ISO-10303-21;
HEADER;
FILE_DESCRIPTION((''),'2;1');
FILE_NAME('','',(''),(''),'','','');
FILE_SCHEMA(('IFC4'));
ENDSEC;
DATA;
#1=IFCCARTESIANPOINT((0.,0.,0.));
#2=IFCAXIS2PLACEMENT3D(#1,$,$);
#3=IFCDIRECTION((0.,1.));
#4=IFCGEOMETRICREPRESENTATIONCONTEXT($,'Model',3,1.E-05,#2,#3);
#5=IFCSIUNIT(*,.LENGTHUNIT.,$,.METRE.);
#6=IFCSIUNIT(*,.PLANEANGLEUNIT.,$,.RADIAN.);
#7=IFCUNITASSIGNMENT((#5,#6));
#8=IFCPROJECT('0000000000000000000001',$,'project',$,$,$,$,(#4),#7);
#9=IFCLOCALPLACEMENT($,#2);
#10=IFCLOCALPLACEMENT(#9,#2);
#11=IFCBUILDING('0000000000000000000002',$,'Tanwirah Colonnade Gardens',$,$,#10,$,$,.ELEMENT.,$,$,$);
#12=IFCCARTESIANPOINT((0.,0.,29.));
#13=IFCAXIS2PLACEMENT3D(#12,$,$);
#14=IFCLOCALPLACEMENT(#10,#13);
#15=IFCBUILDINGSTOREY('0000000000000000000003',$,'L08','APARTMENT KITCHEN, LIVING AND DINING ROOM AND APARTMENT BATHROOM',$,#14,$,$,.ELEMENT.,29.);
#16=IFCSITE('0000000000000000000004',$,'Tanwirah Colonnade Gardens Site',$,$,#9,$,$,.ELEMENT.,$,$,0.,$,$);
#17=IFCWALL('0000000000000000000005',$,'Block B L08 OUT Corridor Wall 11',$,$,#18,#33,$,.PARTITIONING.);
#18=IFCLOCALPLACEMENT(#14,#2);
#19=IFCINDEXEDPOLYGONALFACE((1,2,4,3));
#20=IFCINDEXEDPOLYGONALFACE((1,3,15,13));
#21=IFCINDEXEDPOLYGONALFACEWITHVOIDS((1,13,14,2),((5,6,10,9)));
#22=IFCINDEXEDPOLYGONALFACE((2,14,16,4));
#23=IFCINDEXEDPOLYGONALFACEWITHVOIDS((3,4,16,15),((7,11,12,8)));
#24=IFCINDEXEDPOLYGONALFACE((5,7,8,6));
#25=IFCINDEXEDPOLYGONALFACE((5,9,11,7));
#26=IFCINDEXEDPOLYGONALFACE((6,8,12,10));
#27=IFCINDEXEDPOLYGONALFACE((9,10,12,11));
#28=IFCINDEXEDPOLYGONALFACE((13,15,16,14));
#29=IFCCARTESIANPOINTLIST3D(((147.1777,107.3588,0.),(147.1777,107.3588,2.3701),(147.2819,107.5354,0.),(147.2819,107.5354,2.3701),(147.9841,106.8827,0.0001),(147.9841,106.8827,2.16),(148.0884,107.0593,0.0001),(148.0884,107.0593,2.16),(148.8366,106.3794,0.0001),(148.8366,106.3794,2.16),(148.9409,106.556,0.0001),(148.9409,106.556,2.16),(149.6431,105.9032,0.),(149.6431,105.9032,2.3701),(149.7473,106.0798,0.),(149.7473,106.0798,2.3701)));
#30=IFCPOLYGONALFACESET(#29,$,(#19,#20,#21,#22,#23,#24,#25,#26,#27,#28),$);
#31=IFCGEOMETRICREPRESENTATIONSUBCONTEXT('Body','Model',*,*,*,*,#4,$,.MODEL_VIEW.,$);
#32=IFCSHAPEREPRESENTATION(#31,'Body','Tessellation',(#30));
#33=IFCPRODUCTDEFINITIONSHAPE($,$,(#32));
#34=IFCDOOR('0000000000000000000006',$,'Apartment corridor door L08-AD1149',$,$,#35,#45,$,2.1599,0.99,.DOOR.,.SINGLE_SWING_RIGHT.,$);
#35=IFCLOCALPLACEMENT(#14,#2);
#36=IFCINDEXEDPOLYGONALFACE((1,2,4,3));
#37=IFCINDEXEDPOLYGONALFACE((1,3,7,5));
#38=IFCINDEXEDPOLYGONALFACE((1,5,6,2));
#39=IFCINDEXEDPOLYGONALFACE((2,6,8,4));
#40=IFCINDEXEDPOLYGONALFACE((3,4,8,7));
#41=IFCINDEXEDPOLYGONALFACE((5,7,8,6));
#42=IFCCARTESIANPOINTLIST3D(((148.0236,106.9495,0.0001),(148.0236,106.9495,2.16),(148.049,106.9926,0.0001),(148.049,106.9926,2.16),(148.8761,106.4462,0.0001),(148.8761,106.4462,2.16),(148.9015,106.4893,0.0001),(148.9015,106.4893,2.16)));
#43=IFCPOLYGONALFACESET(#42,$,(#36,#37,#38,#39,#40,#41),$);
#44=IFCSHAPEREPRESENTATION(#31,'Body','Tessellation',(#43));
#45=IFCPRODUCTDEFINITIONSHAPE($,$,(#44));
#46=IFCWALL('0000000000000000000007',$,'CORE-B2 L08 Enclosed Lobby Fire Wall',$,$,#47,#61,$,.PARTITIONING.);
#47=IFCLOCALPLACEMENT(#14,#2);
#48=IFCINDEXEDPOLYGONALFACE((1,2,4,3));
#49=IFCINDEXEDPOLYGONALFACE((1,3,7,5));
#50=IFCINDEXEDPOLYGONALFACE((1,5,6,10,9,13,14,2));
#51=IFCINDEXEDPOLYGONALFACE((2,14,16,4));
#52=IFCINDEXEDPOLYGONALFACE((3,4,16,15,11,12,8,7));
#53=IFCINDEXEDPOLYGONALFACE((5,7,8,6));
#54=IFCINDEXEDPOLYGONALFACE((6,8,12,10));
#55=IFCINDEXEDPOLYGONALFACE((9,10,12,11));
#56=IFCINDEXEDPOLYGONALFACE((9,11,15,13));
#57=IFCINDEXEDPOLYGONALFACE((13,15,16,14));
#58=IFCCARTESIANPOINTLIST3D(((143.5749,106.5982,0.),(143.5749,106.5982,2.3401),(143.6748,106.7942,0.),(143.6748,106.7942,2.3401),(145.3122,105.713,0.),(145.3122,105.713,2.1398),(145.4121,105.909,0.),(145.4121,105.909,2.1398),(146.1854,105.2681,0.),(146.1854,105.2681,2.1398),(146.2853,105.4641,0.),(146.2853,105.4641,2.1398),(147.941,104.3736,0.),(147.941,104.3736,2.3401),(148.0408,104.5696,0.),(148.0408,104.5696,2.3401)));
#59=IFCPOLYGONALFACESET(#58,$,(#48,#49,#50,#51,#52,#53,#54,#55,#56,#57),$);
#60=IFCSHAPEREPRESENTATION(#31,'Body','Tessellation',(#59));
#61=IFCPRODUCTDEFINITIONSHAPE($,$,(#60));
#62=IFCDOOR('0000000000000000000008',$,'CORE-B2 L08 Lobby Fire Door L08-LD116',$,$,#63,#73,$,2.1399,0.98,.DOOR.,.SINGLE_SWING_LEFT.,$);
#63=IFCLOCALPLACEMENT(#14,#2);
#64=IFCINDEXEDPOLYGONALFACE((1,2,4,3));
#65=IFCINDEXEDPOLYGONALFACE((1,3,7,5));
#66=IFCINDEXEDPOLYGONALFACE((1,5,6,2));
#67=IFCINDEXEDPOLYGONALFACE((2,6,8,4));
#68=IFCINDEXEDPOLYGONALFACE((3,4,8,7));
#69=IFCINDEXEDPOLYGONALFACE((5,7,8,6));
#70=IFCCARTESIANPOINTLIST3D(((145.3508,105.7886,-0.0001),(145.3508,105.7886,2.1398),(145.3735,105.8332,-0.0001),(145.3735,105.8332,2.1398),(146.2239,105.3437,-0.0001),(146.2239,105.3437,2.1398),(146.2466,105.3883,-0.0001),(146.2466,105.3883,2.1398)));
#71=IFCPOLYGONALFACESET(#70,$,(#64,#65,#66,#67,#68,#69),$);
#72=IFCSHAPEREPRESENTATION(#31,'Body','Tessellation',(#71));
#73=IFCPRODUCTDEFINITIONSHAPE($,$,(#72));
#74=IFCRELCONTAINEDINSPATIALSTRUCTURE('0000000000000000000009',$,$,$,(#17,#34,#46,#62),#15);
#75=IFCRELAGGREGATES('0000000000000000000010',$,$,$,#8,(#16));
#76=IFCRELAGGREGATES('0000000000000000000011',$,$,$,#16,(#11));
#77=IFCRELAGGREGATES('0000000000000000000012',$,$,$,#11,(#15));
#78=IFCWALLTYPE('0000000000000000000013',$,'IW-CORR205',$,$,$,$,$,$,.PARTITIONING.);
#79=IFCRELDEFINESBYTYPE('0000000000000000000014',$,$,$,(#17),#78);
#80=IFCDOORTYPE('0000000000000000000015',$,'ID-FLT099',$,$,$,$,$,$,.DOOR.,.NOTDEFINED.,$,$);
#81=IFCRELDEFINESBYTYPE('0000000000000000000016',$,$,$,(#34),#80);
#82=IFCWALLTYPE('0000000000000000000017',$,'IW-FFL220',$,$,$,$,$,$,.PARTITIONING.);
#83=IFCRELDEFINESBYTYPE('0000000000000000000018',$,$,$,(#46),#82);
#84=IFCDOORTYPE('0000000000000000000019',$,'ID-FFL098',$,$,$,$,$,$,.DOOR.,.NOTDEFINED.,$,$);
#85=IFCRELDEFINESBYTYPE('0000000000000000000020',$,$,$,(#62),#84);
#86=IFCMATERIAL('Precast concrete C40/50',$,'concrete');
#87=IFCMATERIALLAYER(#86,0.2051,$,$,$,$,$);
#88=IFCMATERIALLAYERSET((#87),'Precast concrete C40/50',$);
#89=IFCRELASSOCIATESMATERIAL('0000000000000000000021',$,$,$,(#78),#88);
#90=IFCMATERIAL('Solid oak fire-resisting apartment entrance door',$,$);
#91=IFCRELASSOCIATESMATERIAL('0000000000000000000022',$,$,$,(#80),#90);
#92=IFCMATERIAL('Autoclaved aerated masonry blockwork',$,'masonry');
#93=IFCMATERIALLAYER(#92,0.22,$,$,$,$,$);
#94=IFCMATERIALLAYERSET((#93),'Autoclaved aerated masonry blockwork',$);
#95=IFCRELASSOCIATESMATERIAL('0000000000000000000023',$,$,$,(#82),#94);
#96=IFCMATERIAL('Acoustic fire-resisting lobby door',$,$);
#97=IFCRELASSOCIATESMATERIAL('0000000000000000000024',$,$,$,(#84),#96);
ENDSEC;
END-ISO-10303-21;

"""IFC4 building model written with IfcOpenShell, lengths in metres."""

from ifc_helpers import new_model, si_unit, direction, frame, frame_2d, origin, place, context, subcontext, project, spatial, rectangle, extrude, material, layer, layer_set, type_object, element, fill, save


model = new_model("IFC4")

# Units and contexts
model_context = context("Model", 3, precision=1e-05, world=origin(), true_north=direction((0.0, 1.0)))
body_context = subcontext(model_context, "Body", "Model", "MODEL_VIEW")
ifc_project = project(units=[si_unit("LENGTHUNIT", "METRE"), si_unit("PLANEANGLEUNIT", "RADIAN")], contexts=[model_context])

# Site, building, storey
site_placement = place(None, origin())
site = spatial("IfcSite", under=ifc_project, at=site_placement, Name="Tanwirah Colonnade Gardens Site", CompositionType="ELEMENT", RefElevation=0.0)
building_placement = place(site_placement, origin())
building = spatial("IfcBuilding", under=site, at=building_placement, Name="Tanwirah Colonnade Gardens", CompositionType="ELEMENT")
storey_placement = place(building_placement, frame((0.0, 0.0, 29.0)))
storey = spatial("IfcBuildingStorey", under=building, at=storey_placement, Name="L08", Description="APARTMENT KITCHEN, LIVING AND DINING ROOM AND APARTMENT BATHROOM", CompositionType="ELEMENT", Elevation=29.0)

# Shared definitions
ifc_material_1 = material(Name="Precast concrete C40/50", Category="concrete")

# Walls, openings, doors
ifc_layer_1 = layer(ifc_material_1, 0.2051)
ifc_layer_set_1 = layer_set([ifc_layer_1], Name="Precast concrete C40/50")
wall_type_1 = type_object("IfcWallType", Name="IW-CORR205", PredefinedType="PARTITIONING", material=ifc_layer_set_1)
ifc_material_2 = material(Name="Solid oak fire-resisting apartment entrance door")
wall_1_placement = place(storey_placement, frame((149.6953, 105.9915, 0.0), z_axis=(0.0, 0.0, 1.0), x_axis=(-0.861113, 0.508413, 0.0)))
wall_1 = element("IfcWall", 1, at=wall_1_placement, inside=storey, type_object=wall_type_1, Name="Block B L08 OUT Corridor Wall 11", PredefinedType="PARTITIONING", context=body_context, shape_type="SweptSolid", body=[
    extrude(rectangle(XDim=2.863, YDim=0.2051, at=frame_2d((1.4316, 0.0))), origin(), (0.0, 0.0, 1.0), 2.3701),
])
opening_1_placement = place(wall_1_placement, frame((0.9365, 0.0, 0.0)))
opening_1 = element("IfcOpeningElement", 2, at=opening_1_placement, cuts=wall_1, PredefinedType="OPENING", context=body_context, shape_type="SweptSolid", body=[
    extrude(rectangle(XDim=0.99, YDim=2.1599, at=frame_2d((0.4951, 1.0801))), frame((0.0, 0.1125, 0.0), z_axis=(0.0, -1.0, 0.0), x_axis=(1.0, 0.0, 0.0)), (0.0, 0.0, 1.0), 0.2251),
])
door_type_1 = type_object("IfcDoorType", Name="ID-FLT099", OperationType="NOTDEFINED", PredefinedType="DOOR", material=ifc_material_2)
door_1_placement = place(opening_1_placement, origin())
door_1 = element("IfcDoor", 3, at=door_1_placement, inside=storey, type_object=door_type_1, Name="Apartment corridor door L08-AD1149", OperationType="SINGLE_SWING_RIGHT", OverallHeight=2.1599, OverallWidth=0.99, PredefinedType="DOOR", context=body_context, shape_type="SweptSolid", body=[
    extrude(rectangle(XDim=0.99, YDim=2.1599, at=frame_2d((0.4951, 1.0801))), frame((0.0, 0.0249, 0.0), z_axis=(0.0, -1.0, 0.0), x_axis=(1.0, 0.0, 0.0)), (0.0, 0.0, 1.0), 0.05),
])
fill(opening_1, door_1)
ifc_material_3 = material(Name="Autoclaved aerated masonry blockwork", Category="masonry")
ifc_layer_2 = layer(ifc_material_3, 0.22)
ifc_layer_set_2 = layer_set([ifc_layer_2], Name="Autoclaved aerated masonry blockwork")
wall_type_2 = type_object("IfcWallType", Name="IW-FFL220", PredefinedType="PARTITIONING", material=ifc_layer_set_2)
wall_2_placement = place(storey_placement, frame((143.6248, 106.6963, 0.0), z_axis=(0.0, 0.0, 1.0), x_axis=(0.891003, -0.453997, 0.0)))
wall_2 = element("IfcWall", 4, at=wall_2_placement, inside=storey, type_object=wall_type_2, Name="CORE-B2 L08 Enclosed Lobby Fire Wall", PredefinedType="PARTITIONING", context=body_context, shape_type="SweptSolid", body=[
    extrude(rectangle(XDim=4.9001, YDim=0.22, at=frame_2d((2.4502, 0.0))), origin(), (0.0, 0.0, 1.0), 2.3401),
])
opening_2_placement = place(wall_2_placement, frame((1.95, 0.0, 0.0)))
opening_2 = element("IfcOpeningElement", 5, at=opening_2_placement, cuts=wall_2, PredefinedType="OPENING", context=body_context, shape_type="SweptSolid", body=[
    extrude(rectangle(XDim=0.98, YDim=2.1399, at=frame_2d((0.49, 1.0698))), frame((0.0, 0.1199, 0.0), z_axis=(0.0, -1.0, 0.0), x_axis=(1.0, 0.0, 0.0)), (0.0, 0.0, 1.0), 0.24),
])
ifc_material_4 = material(Name="Acoustic fire-resisting lobby door")
door_type_2 = type_object("IfcDoorType", Name="ID-FFL098", OperationType="NOTDEFINED", PredefinedType="DOOR", material=ifc_material_4)
door_2_placement = place(opening_2_placement, origin())
door_2 = element("IfcDoor", 6, at=door_2_placement, inside=storey, type_object=door_type_2, Name="CORE-B2 L08 Lobby Fire Door L08-LD116", OperationType="SINGLE_SWING_LEFT", OverallHeight=2.1399, OverallWidth=0.98, PredefinedType="DOOR", context=body_context, shape_type="SweptSolid", body=[
    extrude(rectangle(XDim=0.98, YDim=2.1399, at=frame_2d((0.49, 1.0698))), frame((0.0, 0.0249, 0.0), z_axis=(0.0, -1.0, 0.0), x_axis=(1.0, 0.0, 0.0)), (0.0, 0.0, 1.0), 0.05),
])
fill(opening_2, door_2)

save(model, "model.ifc")
